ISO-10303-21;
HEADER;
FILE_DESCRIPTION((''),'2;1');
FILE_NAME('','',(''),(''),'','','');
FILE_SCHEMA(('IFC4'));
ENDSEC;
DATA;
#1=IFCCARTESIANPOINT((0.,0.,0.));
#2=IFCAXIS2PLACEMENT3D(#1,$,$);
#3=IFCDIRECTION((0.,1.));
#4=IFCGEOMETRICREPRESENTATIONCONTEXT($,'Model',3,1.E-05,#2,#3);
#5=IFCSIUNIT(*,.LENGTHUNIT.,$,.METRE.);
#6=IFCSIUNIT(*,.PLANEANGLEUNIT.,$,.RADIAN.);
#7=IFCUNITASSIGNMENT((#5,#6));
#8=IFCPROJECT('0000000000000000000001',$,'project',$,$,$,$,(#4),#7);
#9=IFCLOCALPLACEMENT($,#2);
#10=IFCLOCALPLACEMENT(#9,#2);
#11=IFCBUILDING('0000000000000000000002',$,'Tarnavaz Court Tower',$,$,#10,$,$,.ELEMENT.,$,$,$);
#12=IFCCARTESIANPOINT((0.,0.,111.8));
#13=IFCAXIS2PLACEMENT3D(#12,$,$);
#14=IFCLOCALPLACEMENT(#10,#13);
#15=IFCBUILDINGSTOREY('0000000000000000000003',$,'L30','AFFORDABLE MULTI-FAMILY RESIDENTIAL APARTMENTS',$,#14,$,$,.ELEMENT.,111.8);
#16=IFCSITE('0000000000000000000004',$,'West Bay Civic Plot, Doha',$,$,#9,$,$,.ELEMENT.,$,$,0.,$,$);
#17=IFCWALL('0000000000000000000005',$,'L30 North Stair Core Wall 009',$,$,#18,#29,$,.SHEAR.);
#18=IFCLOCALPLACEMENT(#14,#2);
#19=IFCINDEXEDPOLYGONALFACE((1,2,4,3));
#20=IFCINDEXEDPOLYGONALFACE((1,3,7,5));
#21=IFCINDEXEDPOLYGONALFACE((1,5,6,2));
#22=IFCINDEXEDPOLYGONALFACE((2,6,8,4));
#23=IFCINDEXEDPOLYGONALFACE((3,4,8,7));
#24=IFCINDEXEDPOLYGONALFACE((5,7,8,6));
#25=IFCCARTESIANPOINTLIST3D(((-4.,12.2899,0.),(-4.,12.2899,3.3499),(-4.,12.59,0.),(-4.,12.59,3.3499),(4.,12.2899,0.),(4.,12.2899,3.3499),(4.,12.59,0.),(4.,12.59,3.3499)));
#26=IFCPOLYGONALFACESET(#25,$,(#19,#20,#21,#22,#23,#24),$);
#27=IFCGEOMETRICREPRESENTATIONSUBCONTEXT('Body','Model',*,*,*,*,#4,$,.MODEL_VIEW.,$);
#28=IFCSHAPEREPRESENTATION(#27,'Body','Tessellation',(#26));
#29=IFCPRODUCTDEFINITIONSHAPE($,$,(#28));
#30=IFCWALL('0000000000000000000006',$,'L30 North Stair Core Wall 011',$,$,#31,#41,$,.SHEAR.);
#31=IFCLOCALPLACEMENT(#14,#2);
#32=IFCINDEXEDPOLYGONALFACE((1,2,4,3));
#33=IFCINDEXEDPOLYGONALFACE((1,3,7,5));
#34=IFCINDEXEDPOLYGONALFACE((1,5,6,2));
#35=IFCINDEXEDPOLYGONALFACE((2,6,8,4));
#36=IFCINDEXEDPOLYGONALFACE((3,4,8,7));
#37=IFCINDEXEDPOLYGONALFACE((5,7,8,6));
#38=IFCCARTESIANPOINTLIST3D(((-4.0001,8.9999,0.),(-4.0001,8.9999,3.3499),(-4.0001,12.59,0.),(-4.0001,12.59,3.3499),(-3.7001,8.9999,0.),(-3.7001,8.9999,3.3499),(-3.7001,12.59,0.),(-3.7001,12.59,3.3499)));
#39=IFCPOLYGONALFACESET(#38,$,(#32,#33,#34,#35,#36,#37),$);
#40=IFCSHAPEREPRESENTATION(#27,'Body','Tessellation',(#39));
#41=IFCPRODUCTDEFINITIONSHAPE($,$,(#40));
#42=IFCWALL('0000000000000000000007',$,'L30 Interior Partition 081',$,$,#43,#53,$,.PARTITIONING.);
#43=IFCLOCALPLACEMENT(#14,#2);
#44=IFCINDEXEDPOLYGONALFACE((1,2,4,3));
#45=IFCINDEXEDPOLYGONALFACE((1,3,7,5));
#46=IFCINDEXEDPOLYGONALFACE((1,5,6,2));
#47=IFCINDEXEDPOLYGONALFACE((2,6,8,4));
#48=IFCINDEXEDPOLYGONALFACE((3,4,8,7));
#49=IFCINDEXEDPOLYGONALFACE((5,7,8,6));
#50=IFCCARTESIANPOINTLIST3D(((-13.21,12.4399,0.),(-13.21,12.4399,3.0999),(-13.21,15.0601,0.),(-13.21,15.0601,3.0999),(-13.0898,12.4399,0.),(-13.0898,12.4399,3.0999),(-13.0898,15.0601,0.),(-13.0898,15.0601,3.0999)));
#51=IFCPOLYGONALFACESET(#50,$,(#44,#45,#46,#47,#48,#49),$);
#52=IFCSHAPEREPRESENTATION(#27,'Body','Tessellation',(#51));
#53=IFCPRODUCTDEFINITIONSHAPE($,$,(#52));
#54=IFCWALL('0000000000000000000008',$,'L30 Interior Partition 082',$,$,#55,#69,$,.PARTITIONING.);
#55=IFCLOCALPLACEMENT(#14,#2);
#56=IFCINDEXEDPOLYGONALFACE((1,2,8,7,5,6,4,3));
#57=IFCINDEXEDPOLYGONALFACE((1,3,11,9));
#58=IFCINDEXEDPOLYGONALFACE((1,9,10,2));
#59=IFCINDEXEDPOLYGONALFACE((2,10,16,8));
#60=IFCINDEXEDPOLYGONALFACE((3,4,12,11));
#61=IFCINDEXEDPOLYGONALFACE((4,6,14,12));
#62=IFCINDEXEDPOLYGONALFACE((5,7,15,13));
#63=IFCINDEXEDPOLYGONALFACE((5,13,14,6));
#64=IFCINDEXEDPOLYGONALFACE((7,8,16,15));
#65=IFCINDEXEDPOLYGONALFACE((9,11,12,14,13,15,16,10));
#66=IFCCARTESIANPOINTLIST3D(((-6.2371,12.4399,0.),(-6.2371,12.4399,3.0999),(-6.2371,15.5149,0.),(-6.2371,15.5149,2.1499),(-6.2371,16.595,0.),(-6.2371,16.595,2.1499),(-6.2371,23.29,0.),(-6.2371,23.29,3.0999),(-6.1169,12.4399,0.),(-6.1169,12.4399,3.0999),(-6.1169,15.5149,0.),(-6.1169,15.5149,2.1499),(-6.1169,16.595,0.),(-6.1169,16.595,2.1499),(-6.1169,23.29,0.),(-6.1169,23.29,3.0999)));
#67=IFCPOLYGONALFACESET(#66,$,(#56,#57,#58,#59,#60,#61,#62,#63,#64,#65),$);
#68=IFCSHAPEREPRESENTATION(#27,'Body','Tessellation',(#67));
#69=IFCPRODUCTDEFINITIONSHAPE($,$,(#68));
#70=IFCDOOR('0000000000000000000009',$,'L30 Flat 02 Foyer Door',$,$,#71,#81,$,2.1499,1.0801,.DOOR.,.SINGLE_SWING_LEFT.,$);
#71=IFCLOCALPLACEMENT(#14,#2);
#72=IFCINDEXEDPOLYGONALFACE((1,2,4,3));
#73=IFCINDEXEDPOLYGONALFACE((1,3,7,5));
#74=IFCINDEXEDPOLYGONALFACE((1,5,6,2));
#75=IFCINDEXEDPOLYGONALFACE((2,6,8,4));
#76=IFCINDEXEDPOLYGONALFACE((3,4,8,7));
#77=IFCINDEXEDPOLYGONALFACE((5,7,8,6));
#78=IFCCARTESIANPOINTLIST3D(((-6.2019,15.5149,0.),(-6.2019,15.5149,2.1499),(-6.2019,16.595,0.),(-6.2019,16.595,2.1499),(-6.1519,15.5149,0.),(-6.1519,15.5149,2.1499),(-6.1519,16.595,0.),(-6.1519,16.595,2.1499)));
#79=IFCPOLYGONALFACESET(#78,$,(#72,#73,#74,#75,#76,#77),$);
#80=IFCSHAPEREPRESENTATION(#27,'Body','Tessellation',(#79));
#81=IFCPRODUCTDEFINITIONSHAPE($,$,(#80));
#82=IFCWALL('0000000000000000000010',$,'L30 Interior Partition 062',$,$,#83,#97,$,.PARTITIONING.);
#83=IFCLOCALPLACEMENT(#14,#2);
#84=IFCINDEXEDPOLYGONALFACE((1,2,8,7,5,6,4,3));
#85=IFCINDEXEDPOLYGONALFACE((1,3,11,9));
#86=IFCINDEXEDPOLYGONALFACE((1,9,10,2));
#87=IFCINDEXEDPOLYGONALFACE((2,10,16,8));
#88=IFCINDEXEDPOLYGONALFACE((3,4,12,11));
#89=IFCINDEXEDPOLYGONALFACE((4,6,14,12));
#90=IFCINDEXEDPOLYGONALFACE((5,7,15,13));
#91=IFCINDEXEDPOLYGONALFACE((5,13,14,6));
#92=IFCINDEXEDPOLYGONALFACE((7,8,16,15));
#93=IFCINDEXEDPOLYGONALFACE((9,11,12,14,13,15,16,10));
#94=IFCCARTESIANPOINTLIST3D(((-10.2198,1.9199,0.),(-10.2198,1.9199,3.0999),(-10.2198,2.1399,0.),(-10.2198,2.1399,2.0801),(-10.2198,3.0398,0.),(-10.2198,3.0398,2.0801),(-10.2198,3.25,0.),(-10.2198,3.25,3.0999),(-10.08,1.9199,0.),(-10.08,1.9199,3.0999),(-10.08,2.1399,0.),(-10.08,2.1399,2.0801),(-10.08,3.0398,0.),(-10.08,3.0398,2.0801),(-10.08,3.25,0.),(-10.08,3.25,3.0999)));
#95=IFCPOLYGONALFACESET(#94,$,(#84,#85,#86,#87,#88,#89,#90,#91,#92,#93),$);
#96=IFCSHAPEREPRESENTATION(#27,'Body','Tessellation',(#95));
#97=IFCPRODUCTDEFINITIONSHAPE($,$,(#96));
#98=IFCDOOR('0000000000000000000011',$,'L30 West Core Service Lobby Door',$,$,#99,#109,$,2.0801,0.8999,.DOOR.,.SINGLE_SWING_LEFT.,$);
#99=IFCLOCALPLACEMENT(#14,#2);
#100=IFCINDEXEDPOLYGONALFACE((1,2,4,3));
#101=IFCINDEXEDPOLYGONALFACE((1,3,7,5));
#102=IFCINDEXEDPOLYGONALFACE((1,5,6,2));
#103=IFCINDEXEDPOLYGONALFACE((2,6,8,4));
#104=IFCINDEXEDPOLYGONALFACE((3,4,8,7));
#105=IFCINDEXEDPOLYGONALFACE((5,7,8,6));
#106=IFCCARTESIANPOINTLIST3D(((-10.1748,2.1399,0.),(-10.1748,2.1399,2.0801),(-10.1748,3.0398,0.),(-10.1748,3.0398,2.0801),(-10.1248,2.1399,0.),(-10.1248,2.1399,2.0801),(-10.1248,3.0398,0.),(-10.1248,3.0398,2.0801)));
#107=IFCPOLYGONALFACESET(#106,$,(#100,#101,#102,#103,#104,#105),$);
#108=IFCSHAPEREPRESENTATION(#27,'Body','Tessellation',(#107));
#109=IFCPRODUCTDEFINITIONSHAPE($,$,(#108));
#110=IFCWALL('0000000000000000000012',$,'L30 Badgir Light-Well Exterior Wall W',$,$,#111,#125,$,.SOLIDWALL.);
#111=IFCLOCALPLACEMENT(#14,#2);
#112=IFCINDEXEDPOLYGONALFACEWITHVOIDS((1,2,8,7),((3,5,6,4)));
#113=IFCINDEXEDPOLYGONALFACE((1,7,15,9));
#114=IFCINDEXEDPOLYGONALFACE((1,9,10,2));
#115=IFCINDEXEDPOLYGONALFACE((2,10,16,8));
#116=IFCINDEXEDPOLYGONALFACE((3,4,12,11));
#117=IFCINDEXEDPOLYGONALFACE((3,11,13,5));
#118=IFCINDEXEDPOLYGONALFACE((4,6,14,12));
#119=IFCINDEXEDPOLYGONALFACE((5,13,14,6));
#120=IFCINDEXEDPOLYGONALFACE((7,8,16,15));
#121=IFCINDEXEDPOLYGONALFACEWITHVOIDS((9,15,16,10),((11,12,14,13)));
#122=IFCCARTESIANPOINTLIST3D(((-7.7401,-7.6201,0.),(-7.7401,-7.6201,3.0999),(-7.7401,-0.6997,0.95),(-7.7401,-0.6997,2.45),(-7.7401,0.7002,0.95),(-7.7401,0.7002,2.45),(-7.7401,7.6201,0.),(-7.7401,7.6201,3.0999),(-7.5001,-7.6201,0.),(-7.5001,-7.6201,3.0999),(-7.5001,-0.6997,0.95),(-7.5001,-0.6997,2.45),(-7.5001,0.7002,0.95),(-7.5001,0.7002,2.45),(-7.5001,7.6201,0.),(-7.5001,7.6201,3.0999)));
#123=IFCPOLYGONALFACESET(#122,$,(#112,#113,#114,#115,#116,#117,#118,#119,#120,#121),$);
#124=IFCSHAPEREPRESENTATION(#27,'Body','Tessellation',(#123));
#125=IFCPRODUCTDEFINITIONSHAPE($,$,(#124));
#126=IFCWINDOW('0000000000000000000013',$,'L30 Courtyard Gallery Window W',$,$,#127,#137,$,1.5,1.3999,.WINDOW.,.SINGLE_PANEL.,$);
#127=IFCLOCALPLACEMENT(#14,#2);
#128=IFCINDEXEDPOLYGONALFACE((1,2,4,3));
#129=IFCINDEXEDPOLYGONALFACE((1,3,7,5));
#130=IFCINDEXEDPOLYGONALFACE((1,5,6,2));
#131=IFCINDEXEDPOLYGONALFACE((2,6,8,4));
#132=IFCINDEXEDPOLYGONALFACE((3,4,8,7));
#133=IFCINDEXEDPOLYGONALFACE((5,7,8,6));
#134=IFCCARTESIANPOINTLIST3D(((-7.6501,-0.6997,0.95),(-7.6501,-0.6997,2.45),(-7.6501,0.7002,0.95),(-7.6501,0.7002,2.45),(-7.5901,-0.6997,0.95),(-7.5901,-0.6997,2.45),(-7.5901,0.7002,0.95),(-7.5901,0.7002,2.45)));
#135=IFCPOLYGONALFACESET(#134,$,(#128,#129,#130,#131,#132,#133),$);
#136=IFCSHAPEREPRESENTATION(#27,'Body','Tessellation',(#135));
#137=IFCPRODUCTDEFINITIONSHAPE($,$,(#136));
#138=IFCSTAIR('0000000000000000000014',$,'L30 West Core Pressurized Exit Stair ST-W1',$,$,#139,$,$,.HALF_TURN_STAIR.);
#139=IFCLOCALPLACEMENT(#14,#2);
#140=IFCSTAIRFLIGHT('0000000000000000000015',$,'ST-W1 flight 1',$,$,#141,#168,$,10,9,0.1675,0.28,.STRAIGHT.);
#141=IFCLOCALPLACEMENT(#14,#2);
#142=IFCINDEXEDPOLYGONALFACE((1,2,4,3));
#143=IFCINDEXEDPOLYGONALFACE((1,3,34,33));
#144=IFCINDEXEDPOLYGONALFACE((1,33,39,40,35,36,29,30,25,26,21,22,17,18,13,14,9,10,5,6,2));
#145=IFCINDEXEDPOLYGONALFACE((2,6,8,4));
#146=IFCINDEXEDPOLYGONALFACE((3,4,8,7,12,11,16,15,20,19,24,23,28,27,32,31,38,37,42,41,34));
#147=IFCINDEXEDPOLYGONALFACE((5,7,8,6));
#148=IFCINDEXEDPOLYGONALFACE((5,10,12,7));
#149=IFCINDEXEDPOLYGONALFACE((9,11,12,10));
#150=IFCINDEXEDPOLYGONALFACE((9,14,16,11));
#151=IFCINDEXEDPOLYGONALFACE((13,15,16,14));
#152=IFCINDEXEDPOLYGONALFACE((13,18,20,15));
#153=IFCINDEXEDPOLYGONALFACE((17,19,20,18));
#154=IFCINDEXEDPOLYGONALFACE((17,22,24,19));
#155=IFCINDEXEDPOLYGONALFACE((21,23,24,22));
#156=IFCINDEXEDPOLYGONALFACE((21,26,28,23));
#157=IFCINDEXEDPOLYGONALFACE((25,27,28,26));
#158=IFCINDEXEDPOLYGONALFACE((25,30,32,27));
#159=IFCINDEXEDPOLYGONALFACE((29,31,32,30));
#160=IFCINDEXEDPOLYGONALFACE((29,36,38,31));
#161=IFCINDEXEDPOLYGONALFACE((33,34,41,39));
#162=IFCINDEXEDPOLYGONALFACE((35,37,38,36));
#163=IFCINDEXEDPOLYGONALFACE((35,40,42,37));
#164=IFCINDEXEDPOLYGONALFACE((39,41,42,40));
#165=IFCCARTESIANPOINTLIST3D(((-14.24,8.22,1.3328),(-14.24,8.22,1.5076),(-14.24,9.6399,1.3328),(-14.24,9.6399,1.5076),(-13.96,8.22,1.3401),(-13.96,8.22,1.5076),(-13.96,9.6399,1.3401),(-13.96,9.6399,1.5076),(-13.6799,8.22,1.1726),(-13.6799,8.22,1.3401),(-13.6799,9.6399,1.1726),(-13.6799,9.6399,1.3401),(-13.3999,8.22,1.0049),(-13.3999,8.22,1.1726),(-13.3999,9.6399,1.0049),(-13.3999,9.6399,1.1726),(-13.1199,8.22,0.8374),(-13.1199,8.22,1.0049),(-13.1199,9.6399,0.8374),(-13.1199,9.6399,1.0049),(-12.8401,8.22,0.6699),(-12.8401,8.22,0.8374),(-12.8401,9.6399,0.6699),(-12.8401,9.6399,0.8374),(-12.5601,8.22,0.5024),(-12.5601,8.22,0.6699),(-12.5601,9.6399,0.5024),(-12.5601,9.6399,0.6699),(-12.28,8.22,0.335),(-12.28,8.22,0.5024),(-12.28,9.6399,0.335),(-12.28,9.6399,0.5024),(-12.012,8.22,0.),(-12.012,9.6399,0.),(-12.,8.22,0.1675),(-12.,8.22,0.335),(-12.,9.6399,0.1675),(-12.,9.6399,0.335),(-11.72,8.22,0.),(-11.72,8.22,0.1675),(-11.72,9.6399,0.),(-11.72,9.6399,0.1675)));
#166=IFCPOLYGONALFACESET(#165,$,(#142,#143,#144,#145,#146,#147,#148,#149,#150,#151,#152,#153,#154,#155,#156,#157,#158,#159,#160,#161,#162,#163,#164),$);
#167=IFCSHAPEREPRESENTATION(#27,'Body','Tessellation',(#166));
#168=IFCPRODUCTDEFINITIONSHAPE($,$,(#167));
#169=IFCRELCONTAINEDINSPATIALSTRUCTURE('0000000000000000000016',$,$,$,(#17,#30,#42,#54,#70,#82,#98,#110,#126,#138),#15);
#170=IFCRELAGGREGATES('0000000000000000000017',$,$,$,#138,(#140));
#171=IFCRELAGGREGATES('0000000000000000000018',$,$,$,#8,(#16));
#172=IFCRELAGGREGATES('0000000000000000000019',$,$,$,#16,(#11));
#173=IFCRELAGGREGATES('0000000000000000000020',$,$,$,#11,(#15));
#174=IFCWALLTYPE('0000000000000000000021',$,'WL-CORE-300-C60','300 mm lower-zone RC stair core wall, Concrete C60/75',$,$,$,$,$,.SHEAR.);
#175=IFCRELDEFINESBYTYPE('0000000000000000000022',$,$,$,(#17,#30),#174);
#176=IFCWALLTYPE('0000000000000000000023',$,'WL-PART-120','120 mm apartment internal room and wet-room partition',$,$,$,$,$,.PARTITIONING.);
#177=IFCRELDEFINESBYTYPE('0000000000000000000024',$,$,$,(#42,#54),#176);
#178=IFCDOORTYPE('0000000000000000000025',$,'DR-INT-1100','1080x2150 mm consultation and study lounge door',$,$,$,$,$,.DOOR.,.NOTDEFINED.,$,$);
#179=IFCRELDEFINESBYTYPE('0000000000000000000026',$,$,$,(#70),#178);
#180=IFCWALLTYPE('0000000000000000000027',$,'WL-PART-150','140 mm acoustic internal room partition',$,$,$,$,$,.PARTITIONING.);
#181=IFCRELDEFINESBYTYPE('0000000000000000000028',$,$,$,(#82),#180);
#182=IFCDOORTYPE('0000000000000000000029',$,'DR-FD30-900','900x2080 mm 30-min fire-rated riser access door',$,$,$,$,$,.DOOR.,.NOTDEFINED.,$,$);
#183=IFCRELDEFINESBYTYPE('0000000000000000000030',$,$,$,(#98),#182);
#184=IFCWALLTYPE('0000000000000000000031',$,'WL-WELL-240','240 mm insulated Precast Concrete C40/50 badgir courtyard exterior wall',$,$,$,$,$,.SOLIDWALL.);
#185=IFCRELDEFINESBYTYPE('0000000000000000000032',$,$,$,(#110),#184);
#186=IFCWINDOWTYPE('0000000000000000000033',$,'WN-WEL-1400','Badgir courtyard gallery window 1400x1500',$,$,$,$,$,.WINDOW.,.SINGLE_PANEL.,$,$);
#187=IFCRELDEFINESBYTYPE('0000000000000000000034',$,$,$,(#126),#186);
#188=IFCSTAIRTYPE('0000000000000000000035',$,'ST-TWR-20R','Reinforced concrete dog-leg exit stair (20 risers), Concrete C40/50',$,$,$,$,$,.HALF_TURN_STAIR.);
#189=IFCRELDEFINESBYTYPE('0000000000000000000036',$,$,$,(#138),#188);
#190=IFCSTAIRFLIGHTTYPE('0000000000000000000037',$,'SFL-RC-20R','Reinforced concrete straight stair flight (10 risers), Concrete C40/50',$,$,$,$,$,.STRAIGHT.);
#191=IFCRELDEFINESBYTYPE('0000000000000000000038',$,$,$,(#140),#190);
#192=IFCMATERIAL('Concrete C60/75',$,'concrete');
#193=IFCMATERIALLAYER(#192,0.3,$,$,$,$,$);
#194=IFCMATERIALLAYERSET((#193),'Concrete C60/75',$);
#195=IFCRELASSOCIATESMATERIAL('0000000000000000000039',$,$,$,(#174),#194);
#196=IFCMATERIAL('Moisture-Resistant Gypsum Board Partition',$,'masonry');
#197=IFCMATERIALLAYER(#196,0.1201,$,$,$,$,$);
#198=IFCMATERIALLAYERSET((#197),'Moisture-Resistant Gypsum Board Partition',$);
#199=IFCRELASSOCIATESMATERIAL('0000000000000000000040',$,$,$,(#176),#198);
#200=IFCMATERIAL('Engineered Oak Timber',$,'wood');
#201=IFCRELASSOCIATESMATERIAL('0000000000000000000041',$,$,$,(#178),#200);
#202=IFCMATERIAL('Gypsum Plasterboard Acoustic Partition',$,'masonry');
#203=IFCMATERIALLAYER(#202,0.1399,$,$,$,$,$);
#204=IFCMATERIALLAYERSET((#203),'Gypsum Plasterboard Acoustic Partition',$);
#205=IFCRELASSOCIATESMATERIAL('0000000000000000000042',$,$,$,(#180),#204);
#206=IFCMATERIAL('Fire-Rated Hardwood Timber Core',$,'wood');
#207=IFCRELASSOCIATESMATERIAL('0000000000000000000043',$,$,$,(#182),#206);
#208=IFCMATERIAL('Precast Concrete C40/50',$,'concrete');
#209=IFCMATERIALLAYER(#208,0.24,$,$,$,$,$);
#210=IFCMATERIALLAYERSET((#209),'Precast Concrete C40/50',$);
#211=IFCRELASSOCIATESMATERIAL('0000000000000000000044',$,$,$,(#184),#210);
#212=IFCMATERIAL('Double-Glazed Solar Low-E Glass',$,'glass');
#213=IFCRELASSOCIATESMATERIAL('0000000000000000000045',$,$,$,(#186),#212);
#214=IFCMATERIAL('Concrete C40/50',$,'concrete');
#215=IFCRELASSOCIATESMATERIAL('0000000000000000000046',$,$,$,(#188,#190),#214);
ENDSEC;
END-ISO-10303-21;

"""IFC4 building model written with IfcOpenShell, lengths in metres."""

from ifc_helpers import new_model, si_unit, direction, frame, frame_2d, origin, place, context, subcontext, project, spatial, polyline, rectangle, outline, extrude, material, layer, layer_set, type_object, element, fill, aggregate, save


model = new_model("IFC4")

# Units and contexts
model_context = context("Model", 3, precision=1e-05, world=origin(), true_north=direction((0.0, 1.0)))
body_context = subcontext(model_context, "Body", "Model", "MODEL_VIEW")
ifc_project = project(units=[si_unit("LENGTHUNIT", "METRE"), si_unit("PLANEANGLEUNIT", "RADIAN")], contexts=[model_context])

# Site, building, storey
site_placement = place(None, origin())
site = spatial("IfcSite", under=ifc_project, at=site_placement, Name="West Bay Civic Plot, Doha", CompositionType="ELEMENT", RefElevation=0.0)
building_placement = place(site_placement, origin())
building = spatial("IfcBuilding", under=site, at=building_placement, Name="Tarnavaz Court Tower", CompositionType="ELEMENT")
storey_placement = place(building_placement, frame((0.0, 0.0, 111.8)))
storey = spatial("IfcBuildingStorey", under=building, at=storey_placement, Name="L30", Description="AFFORDABLE MULTI-FAMILY RESIDENTIAL APARTMENTS", CompositionType="ELEMENT", Elevation=111.8)

# Shared definitions
ifc_material_1 = material(Name="Concrete C60/75", Category="concrete")

# Wall
ifc_layer_1 = layer(ifc_material_1, 0.3)
ifc_layer_set_1 = layer_set([ifc_layer_1], Name="Concrete C60/75")
wall_type_1 = type_object("IfcWallType", Name="WL-CORE-300-C60", Description="300 mm lower-zone RC stair core wall, Concrete C60/75", PredefinedType="SHEAR", material=ifc_layer_set_1)
wall_1_placement = place(storey_placement, frame((-4.0, 12.4399, 0.0), z_axis=(0.0, 0.0, 1.0), x_axis=(1.0, 0.0, 0.0)))
element("IfcWall", 1, at=wall_1_placement, inside=storey, type_object=wall_type_1, Name="L30 North Stair Core Wall 009", PredefinedType="SHEAR", context=body_context, shape_type="SweptSolid", body=[
    extrude(rectangle(XDim=8.0, YDim=0.3, at=frame_2d((4.0, 0.0))), origin(), (0.0, 0.0, 1.0), 3.3499),
])

# Shared definitions
ifc_material_2 = material(Name="Fire-Rated Hardwood Timber Core", Category="wood")

# Wall
wall_2_placement = place(storey_placement, frame((-3.8501, 9.0, 0.0), z_axis=(0.0, 0.0, 1.0), x_axis=(0.0, 1.0, 0.0)))
element("IfcWall", 2, at=wall_2_placement, inside=storey, type_object=wall_type_1, Name="L30 North Stair Core Wall 011", PredefinedType="SHEAR", context=body_context, shape_type="SweptSolid", body=[
    extrude(rectangle(XDim=3.5901, YDim=0.3, at=frame_2d((1.7949, 0.0))), origin(), (0.0, 0.0, 1.0), 3.3499),
])

# Wall
ifc_material_3 = material(Name="Moisture-Resistant Gypsum Board Partition", Category="masonry")
ifc_layer_2 = layer(ifc_material_3, 0.1201)
ifc_layer_set_2 = layer_set([ifc_layer_2], Name="Moisture-Resistant Gypsum Board Partition")
wall_type_2 = type_object("IfcWallType", Name="WL-PART-120", Description="120 mm apartment internal room and wet-room partition", PredefinedType="PARTITIONING", material=ifc_layer_set_2)
wall_3_placement = place(storey_placement, frame((-13.1499, 12.4399, 0.0), z_axis=(0.0, 0.0, 1.0), x_axis=(0.0, 1.0, 0.0)))
element("IfcWall", 3, at=wall_3_placement, inside=storey, type_object=wall_type_2, Name="L30 Interior Partition 081", PredefinedType="PARTITIONING", context=body_context, shape_type="SweptSolid", body=[
    extrude(rectangle(XDim=2.6201, YDim=0.1201, at=frame_2d((1.3101, 0.0))), origin(), (0.0, 0.0, 1.0), 3.0999),
])

# Walls, openings, doors
wall_4_placement = place(storey_placement, frame((-6.177, 12.4399, 0.0), z_axis=(0.0, 0.0, 1.0), x_axis=(0.0, 1.0, 0.0)))
wall_4 = element("IfcWall", 4, at=wall_4_placement, inside=storey, type_object=wall_type_2, Name="L30 Interior Partition 082", PredefinedType="PARTITIONING", context=body_context, shape_type="SweptSolid", body=[
    extrude(rectangle(XDim=10.8501, YDim=0.1201, at=frame_2d((5.425, 0.0))), origin(), (0.0, 0.0, 1.0), 3.0999),
])
opening_1_placement = place(wall_4_placement, frame((3.075, 0.0, 0.0)))
opening_1 = element("IfcOpeningElement", 5, at=opening_1_placement, cuts=wall_4, PredefinedType="OPENING", context=body_context, shape_type="SweptSolid", body=[
    extrude(rectangle(XDim=1.0801, YDim=2.1499, at=frame_2d((0.54, 1.075))), frame((0.0, 0.0701, 0.0), z_axis=(0.0, -1.0, 0.0), x_axis=(1.0, 0.0, 0.0)), (0.0, 0.0, 1.0), 0.1401),
])
ifc_material_4 = material(Name="Engineered Oak Timber", Category="wood")
door_type_1 = type_object("IfcDoorType", Name="DR-INT-1100", Description="1080x2150 mm consultation and study lounge door", OperationType="NOTDEFINED", PredefinedType="DOOR", material=ifc_material_4)
door_1_placement = place(opening_1_placement, origin())
door_1 = element("IfcDoor", 6, at=door_1_placement, inside=storey, type_object=door_type_1, Name="L30 Flat 02 Foyer Door", OperationType="SINGLE_SWING_LEFT", OverallHeight=2.1499, OverallWidth=1.0801, PredefinedType="DOOR", context=body_context, shape_type="SweptSolid", body=[
    extrude(rectangle(XDim=1.0801, YDim=2.1499, at=frame_2d((0.54, 1.075))), frame((0.0, 0.0249, 0.0), z_axis=(0.0, -1.0, 0.0), x_axis=(1.0, 0.0, 0.0)), (0.0, 0.0, 1.0), 0.05),
])
fill(opening_1, door_1)
ifc_material_5 = material(Name="Gypsum Plasterboard Acoustic Partition", Category="masonry")
ifc_layer_3 = layer(ifc_material_5, 0.1399)
ifc_layer_set_3 = layer_set([ifc_layer_3], Name="Gypsum Plasterboard Acoustic Partition")
wall_type_3 = type_object("IfcWallType", Name="WL-PART-150", Description="140 mm acoustic internal room partition", PredefinedType="PARTITIONING", material=ifc_layer_set_3)
wall_5_placement = place(storey_placement, frame((-10.1499, 1.9199, 0.0), z_axis=(0.0, 0.0, 1.0), x_axis=(0.0, 1.0, 0.0)))
wall_5 = element("IfcWall", 7, at=wall_5_placement, inside=storey, type_object=wall_type_3, Name="L30 Interior Partition 062", PredefinedType="PARTITIONING", context=body_context, shape_type="SweptSolid", body=[
    extrude(rectangle(XDim=1.3301, YDim=0.1399, at=frame_2d((0.665, 0.0))), origin(), (0.0, 0.0, 1.0), 3.0999),
])
opening_2_placement = place(wall_5_placement, frame((0.22, 0.0, 0.0)))
opening_2 = element("IfcOpeningElement", 8, at=opening_2_placement, cuts=wall_5, PredefinedType="OPENING", context=body_context, shape_type="SweptSolid", body=[
    extrude(rectangle(XDim=0.8999, YDim=2.0801, at=frame_2d((0.45, 1.04))), frame((0.0, 0.0798, 0.0), z_axis=(0.0, -1.0, 0.0), x_axis=(1.0, 0.0, 0.0)), (0.0, 0.0, 1.0), 0.1599),
])
door_type_2 = type_object("IfcDoorType", Name="DR-FD30-900", Description="900x2080 mm 30-min fire-rated riser access door", OperationType="NOTDEFINED", PredefinedType="DOOR", material=ifc_material_2)
door_2_placement = place(opening_2_placement, origin())
door_2 = element("IfcDoor", 9, at=door_2_placement, inside=storey, type_object=door_type_2, Name="L30 West Core Service Lobby Door", OperationType="SINGLE_SWING_LEFT", OverallHeight=2.0801, OverallWidth=0.8999, PredefinedType="DOOR", context=body_context, shape_type="SweptSolid", body=[
    extrude(rectangle(XDim=0.8999, YDim=2.0801, at=frame_2d((0.45, 1.04))), frame((0.0, 0.0249, 0.0), z_axis=(0.0, -1.0, 0.0), x_axis=(1.0, 0.0, 0.0)), (0.0, 0.0, 1.0), 0.05),
])
fill(opening_2, door_2)

# Wall, opening, window
ifc_material_6 = material(Name="Precast Concrete C40/50", Category="concrete")
ifc_layer_4 = layer(ifc_material_6, 0.24)
ifc_layer_set_4 = layer_set([ifc_layer_4], Name="Precast Concrete C40/50")
wall_type_4 = type_object("IfcWallType", Name="WL-WELL-240", Description="240 mm insulated Precast Concrete C40/50 badgir courtyard exterior wall", PredefinedType="SOLIDWALL", material=ifc_layer_set_4)
wall_6_placement = place(storey_placement, frame((-7.6201, 7.6201, 0.0), z_axis=(0.0, 0.0, 1.0), x_axis=(0.0, -1.0, 0.0)))
wall_6 = element("IfcWall", 10, at=wall_6_placement, inside=storey, type_object=wall_type_4, Name="L30 Badgir Light-Well Exterior Wall W", PredefinedType="SOLIDWALL", context=body_context, shape_type="SweptSolid", body=[
    extrude(rectangle(XDim=15.2402, YDim=0.24, at=frame_2d((7.6201, 0.0))), origin(), (0.0, 0.0, 1.0), 3.0999),
])
opening_3_placement = place(wall_6_placement, frame((6.9199, 0.0, 0.95)))
opening_3 = element("IfcOpeningElement", 11, at=opening_3_placement, cuts=wall_6, PredefinedType="OPENING", context=body_context, shape_type="SweptSolid", body=[
    extrude(rectangle(XDim=1.3999, YDim=1.5, at=frame_2d((0.7, 0.75))), frame((0.0, 0.1299, 0.0), z_axis=(0.0, -1.0, 0.0), x_axis=(1.0, 0.0, 0.0)), (0.0, 0.0, 1.0), 0.26),
])
ifc_material_7 = material(Name="Double-Glazed Solar Low-E Glass", Category="glass")
window_type = type_object("IfcWindowType", Name="WN-WEL-1400", Description="Badgir courtyard gallery window 1400x1500", PartitioningType="SINGLE_PANEL", PredefinedType="WINDOW", material=ifc_material_7)
window_placement = place(opening_3_placement, origin())
window = element("IfcWindow", 12, at=window_placement, inside=storey, type_object=window_type, Name="L30 Courtyard Gallery Window W", OverallHeight=1.5, OverallWidth=1.3999, PartitioningType="SINGLE_PANEL", PredefinedType="WINDOW", context=body_context, shape_type="SweptSolid", body=[
    extrude(rectangle(XDim=1.3999, YDim=1.5, at=frame_2d((0.7, 0.75))), frame((0.0, 0.03, 0.0), z_axis=(0.0, -1.0, 0.0), x_axis=(1.0, 0.0, 0.0)), (0.0, 0.0, 1.0), 0.0601),
])
fill(opening_3, window)

# Stair, stair flight
ifc_material_8 = material(Name="Concrete C40/50", Category="concrete")
stair_type = type_object("IfcStairType", Name="ST-TWR-20R", Description="Reinforced concrete dog-leg exit stair (20 risers), Concrete C40/50", PredefinedType="HALF_TURN_STAIR", material=ifc_material_8)
stair_1_placement = place(storey_placement, origin())
stair_1 = element("IfcStair", 13, at=stair_1_placement, inside=storey, type_object=stair_type, Name="L30 West Core Pressurized Exit Stair ST-W1", PredefinedType="HALF_TURN_STAIR")
stair_flight_type = type_object("IfcStairFlightType", Name="SFL-RC-20R", Description="Reinforced concrete straight stair flight (10 risers), Concrete C40/50", PredefinedType="STRAIGHT", material=ifc_material_8)
stair_flight_1_placement = place(storey_placement, frame((-11.72, 8.9299, 0.0), z_axis=(0.0, 0.0, 1.0), x_axis=(-1.0, 0.0, 0.0)))
stair_flight_1 = element("IfcStairFlight", 14, at=stair_flight_1_placement, type_object=stair_flight_type, Name="ST-W1 flight 1", NumberOfRisers=10, NumberOfTreads=9, PredefinedType="STRAIGHT", RiserHeight=0.1675, TreadLength=0.28, context=body_context, shape_type="SweptSolid", body=[
    extrude(outline(polyline([(0.0, 0.0), (0.0, 0.1675), (0.28, 0.1675), (0.28, 0.335), (0.5601, 0.335), (0.5601, 0.5024), (0.8401, 0.5024), (0.8401, 0.6699), (1.1201, 0.6699), (1.1201, 0.8374), (1.3999, 0.8374), (1.3999, 1.0049), (1.6799, 1.0049), (1.6799, 1.1726), (1.96, 1.1726), (1.96, 1.3401), (2.24, 1.3401), (2.24, 1.5076), (2.52, 1.5076), (2.52, 1.675), (2.52, 1.3328), (0.292, 0.0), (0.0, 0.0)])), frame((0.0, 0.71, 0.0), z_axis=(0.0, -1.0, 0.0), x_axis=(1.0, 0.0, 0.0)), (0.0, 0.0, 1.0), 1.4199),
])
aggregate(stair_1, [stair_flight_1])

save(model, "model.ifc")
